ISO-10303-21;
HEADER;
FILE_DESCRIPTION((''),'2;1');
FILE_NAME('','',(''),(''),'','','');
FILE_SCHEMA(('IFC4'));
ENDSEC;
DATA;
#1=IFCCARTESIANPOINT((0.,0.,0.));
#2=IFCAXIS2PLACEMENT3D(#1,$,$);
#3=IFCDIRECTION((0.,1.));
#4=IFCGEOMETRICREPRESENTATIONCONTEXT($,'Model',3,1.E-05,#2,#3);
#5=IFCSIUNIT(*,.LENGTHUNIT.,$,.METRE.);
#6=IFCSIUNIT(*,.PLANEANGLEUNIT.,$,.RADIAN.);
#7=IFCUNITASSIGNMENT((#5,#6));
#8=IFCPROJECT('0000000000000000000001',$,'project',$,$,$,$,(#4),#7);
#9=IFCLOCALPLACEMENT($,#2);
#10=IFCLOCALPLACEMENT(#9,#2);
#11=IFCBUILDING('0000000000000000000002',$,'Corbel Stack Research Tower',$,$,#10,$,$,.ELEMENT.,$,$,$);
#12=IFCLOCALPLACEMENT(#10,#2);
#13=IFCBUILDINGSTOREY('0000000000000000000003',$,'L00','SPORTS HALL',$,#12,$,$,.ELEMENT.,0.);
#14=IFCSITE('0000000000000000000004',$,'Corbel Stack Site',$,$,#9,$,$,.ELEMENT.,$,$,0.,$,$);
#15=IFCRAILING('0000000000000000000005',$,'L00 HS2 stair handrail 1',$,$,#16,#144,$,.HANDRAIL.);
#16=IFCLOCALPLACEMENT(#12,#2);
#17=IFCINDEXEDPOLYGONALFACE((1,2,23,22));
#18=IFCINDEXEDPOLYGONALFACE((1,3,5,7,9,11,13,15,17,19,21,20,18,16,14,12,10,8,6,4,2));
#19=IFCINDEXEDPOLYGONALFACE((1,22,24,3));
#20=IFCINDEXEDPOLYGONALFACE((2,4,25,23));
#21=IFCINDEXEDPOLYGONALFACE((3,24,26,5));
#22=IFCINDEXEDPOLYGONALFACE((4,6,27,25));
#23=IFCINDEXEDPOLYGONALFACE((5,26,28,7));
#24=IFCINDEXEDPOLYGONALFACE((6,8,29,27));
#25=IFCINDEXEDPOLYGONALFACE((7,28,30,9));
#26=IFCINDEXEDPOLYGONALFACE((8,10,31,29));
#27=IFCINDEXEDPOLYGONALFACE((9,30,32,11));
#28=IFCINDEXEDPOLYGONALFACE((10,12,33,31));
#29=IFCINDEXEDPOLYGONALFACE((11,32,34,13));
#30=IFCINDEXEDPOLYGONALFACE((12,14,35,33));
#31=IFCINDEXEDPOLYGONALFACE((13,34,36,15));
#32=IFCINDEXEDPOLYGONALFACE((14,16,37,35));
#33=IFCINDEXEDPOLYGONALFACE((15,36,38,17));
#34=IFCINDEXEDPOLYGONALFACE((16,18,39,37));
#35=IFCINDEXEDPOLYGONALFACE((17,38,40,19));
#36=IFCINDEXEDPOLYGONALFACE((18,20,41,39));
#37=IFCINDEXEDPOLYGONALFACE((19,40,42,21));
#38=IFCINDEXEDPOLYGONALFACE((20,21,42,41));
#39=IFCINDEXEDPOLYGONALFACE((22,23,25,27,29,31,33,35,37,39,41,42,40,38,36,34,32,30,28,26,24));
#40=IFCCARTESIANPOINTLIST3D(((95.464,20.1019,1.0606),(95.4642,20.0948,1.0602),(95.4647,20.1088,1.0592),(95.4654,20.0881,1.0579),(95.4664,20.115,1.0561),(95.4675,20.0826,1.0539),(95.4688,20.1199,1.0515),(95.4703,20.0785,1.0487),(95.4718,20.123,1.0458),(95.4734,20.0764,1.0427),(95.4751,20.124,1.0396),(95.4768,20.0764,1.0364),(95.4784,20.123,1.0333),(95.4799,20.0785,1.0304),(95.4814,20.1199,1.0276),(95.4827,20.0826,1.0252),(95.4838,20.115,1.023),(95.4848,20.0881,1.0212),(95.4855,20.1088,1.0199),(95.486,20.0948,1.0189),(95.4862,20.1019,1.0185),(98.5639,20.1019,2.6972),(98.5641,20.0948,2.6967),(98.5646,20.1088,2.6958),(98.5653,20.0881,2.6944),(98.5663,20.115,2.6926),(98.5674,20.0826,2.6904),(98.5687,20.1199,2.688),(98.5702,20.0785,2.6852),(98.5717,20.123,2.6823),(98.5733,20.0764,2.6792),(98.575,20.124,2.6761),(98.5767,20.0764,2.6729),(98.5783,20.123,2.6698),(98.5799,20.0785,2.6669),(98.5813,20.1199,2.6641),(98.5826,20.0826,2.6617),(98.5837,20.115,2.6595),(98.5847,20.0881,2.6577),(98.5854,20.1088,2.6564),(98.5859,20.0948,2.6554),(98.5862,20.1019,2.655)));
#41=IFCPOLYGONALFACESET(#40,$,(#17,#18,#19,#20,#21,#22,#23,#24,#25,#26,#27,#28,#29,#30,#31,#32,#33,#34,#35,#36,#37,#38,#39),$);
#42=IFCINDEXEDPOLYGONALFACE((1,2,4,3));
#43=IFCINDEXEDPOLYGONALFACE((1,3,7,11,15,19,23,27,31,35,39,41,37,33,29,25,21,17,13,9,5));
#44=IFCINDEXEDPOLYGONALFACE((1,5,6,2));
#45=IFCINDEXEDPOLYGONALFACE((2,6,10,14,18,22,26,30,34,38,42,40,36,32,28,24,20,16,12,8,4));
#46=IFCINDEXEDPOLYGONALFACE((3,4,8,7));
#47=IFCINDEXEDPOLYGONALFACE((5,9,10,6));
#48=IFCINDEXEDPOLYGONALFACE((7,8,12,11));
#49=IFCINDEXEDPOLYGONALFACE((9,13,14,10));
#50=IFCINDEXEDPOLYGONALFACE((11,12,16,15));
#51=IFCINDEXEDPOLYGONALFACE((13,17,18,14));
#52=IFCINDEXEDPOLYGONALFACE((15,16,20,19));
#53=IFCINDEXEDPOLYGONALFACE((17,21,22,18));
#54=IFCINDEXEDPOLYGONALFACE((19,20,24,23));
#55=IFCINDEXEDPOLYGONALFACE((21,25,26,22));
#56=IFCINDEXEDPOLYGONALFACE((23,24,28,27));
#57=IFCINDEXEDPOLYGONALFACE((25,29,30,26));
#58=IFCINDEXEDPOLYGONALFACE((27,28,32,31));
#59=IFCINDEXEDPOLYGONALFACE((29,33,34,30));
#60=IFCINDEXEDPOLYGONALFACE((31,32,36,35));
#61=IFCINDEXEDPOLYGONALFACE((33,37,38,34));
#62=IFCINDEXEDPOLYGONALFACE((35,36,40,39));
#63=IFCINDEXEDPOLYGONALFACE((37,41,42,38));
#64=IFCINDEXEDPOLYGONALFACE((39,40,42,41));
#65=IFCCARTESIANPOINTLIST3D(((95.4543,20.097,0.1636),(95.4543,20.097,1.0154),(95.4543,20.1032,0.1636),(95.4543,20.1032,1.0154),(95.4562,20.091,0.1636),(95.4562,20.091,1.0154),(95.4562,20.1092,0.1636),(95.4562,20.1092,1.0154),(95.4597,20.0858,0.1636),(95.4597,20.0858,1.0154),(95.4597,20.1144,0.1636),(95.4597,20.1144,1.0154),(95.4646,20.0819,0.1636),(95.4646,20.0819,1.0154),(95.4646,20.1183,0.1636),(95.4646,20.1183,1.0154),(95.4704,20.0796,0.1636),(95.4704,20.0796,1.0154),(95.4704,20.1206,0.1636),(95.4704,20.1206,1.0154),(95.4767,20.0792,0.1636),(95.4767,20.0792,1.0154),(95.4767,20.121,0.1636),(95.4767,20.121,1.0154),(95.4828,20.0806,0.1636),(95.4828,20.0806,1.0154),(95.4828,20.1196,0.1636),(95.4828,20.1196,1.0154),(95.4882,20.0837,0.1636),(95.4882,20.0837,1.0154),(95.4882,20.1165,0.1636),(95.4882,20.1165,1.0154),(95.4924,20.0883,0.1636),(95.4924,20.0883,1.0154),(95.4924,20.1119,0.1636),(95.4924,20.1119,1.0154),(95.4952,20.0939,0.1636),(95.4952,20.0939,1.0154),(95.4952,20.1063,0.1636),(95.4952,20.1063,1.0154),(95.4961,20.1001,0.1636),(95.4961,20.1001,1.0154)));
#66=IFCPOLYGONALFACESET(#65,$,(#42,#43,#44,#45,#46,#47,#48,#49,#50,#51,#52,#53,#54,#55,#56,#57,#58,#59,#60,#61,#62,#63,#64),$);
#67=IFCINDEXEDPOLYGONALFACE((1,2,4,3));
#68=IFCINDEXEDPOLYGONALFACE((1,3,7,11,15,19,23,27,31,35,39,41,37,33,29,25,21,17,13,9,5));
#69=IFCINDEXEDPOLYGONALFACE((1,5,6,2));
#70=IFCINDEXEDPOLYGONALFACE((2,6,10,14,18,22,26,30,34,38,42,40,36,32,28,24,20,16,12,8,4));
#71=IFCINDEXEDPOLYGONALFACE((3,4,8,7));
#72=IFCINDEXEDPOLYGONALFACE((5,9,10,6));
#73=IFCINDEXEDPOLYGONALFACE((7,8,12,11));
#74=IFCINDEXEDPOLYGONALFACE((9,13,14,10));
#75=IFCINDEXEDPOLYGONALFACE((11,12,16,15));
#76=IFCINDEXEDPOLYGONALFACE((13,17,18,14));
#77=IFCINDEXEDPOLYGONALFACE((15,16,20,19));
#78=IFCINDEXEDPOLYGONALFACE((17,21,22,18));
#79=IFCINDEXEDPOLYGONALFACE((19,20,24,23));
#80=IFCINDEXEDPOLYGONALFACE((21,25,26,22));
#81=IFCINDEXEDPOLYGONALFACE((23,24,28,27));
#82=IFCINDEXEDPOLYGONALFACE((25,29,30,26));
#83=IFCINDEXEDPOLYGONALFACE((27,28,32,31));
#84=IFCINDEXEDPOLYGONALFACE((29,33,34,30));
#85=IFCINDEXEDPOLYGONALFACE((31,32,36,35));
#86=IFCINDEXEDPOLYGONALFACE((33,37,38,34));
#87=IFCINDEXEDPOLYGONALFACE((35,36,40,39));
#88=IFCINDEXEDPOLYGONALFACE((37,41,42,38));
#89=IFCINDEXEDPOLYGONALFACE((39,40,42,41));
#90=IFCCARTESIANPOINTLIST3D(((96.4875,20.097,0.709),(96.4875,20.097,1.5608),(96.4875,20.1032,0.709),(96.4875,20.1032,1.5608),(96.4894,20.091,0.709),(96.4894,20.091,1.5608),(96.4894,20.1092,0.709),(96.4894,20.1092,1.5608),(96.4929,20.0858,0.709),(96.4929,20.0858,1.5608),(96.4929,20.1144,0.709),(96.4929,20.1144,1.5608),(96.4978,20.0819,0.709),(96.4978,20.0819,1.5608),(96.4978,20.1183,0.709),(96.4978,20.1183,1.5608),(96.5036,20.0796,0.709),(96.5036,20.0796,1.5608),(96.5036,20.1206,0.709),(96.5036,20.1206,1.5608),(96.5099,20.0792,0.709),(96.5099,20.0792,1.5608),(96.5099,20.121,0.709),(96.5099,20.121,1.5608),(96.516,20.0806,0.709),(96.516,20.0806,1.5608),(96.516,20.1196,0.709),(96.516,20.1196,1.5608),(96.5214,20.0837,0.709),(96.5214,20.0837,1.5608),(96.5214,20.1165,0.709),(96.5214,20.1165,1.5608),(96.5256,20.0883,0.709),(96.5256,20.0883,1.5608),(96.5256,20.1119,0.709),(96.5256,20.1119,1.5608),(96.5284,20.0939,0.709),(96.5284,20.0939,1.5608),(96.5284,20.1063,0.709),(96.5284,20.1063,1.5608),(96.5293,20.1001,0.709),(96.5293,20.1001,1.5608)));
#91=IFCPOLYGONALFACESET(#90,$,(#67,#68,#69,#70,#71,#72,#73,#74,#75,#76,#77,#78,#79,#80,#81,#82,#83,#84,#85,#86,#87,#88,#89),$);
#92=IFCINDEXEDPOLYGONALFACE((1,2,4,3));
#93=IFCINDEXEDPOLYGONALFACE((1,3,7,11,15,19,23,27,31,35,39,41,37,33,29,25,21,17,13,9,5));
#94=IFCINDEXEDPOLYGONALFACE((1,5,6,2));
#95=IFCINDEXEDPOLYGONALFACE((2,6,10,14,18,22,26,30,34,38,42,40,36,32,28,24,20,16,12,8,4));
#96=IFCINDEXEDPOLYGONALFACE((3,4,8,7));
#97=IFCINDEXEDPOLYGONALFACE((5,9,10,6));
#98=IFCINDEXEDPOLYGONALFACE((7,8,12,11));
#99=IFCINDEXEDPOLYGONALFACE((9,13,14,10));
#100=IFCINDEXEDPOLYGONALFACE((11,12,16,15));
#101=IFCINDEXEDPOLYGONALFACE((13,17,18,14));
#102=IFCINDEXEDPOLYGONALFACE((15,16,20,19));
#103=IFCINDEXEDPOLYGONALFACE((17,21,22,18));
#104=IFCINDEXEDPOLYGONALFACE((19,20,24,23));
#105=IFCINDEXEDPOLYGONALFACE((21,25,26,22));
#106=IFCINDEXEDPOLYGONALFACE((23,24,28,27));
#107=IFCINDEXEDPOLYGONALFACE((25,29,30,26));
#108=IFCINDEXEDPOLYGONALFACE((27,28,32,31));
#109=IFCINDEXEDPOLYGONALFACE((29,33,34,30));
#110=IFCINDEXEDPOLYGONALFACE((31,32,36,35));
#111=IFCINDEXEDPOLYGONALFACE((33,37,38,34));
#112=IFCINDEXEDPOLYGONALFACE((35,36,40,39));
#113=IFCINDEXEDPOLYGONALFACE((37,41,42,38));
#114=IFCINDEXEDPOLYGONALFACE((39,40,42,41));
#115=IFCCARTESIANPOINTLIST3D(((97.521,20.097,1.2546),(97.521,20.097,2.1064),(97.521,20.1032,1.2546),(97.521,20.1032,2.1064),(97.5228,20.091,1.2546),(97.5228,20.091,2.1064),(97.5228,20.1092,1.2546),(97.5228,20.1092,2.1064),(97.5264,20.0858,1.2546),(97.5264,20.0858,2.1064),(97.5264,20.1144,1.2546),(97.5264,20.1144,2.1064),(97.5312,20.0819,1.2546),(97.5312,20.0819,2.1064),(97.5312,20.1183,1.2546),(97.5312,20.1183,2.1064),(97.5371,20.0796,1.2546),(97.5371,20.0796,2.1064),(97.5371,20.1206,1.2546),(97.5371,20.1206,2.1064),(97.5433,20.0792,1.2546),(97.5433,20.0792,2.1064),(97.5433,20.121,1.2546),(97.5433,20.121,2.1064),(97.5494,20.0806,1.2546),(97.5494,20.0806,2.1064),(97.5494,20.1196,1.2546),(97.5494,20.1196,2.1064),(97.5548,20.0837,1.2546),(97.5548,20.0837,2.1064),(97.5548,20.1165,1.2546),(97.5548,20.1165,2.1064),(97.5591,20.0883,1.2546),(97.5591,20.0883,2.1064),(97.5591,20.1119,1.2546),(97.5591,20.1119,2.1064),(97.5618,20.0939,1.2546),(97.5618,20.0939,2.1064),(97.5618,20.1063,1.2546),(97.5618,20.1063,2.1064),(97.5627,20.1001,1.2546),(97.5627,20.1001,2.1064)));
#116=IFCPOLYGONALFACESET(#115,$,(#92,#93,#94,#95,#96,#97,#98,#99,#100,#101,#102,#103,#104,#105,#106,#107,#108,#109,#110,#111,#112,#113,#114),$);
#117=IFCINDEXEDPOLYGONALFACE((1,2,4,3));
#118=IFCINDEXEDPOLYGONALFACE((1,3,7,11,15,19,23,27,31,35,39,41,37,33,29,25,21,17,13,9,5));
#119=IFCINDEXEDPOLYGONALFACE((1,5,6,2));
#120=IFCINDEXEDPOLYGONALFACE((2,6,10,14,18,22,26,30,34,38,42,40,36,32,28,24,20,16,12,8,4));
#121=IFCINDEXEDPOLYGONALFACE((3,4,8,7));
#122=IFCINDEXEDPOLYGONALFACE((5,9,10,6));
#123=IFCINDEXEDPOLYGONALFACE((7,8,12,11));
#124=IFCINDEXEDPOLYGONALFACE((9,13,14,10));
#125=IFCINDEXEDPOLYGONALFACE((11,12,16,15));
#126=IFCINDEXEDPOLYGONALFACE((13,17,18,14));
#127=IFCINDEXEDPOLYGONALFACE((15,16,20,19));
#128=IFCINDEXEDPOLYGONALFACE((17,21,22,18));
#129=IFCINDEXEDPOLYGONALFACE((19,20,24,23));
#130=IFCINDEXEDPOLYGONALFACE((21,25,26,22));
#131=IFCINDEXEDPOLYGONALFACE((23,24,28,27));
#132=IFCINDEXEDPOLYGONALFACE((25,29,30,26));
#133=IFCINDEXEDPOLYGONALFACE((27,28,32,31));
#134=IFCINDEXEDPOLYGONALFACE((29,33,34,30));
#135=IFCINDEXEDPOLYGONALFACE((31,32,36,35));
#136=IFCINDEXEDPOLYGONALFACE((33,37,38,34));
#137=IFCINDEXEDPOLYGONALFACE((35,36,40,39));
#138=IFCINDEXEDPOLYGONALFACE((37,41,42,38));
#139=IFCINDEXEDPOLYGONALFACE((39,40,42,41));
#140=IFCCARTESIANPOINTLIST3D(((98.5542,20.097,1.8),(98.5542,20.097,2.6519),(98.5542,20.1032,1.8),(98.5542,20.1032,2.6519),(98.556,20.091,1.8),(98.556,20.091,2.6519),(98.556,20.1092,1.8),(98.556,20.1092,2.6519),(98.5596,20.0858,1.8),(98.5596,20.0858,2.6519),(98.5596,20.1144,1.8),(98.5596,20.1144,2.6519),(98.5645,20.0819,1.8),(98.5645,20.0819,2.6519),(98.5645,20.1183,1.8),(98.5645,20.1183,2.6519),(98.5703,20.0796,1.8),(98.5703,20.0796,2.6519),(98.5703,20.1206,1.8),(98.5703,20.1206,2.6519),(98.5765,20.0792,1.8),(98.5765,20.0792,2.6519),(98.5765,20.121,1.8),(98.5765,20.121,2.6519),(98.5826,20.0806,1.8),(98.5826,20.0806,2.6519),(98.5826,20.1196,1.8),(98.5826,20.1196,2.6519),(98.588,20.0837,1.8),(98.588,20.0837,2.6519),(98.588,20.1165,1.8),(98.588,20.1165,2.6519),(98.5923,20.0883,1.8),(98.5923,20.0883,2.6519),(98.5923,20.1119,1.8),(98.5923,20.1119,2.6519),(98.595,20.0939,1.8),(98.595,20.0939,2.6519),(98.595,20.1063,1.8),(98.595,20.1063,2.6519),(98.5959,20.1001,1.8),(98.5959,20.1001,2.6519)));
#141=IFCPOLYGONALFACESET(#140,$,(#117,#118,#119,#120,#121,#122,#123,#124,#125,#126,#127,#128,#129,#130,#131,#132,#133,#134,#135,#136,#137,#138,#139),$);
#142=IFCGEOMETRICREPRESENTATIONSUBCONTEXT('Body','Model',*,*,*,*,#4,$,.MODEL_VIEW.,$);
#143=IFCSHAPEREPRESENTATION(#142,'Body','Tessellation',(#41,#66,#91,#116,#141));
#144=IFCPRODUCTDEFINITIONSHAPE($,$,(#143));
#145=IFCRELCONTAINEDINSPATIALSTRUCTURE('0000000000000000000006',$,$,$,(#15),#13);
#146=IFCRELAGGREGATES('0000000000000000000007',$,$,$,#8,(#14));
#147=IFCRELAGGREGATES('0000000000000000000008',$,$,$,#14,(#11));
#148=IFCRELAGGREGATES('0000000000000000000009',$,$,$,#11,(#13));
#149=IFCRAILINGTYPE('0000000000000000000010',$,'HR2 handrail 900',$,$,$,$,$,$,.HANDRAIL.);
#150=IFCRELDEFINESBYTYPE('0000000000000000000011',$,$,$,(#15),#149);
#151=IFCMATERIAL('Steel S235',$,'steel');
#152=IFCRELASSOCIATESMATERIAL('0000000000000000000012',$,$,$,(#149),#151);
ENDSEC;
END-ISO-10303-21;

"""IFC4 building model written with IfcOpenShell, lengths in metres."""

from ifc_helpers import new_model, si_unit, direction, frame, origin, origin_2d, place, context, subcontext, project, spatial, circle, extrude, material, type_object, element, save


model = new_model("IFC4")

# Units and contexts
model_context = context("Model", 3, precision=1e-05, world=origin(), true_north=direction((0.0, 1.0)))
body_context = subcontext(model_context, "Body", "Model", "MODEL_VIEW")
ifc_project = project(units=[si_unit("LENGTHUNIT", "METRE"), si_unit("PLANEANGLEUNIT", "RADIAN")], contexts=[model_context])

# Site, building, storey
site_placement = place(None, origin())
site = spatial("IfcSite", under=ifc_project, at=site_placement, Name="Corbel Stack Site", CompositionType="ELEMENT", RefElevation=0.0)
building_placement = place(site_placement, origin())
building = spatial("IfcBuilding", under=site, at=building_placement, Name="Corbel Stack Research Tower", CompositionType="ELEMENT")
storey_placement = place(building_placement, origin())
storey = spatial("IfcBuildingStorey", under=building, at=storey_placement, Name="L00", Description="SPORTS HALL", CompositionType="ELEMENT", Elevation=0.0)

# Railing
ifc_material_1 = material(Name="Steel S235", Category="steel")
railing_type_1 = type_object("IfcRailingType", Name="HR2 handrail 900", PredefinedType="HANDRAIL", material=ifc_material_1)
railing_1_placement = place(storey_placement, frame((95.4751, 20.1001, 0.1636)))
element("IfcRailing", 1, at=railing_1_placement, inside=storey, type_object=railing_type_1, Name="L00 HS2 stair handrail 1", PredefinedType="HANDRAIL", context=body_context, shape_type="SweptSolid", body=[
    extrude(circle(Radius=0.0239, at=origin_2d()), frame((0.0, 0.0, 0.876), z_axis=(0.884333, 0.0, 0.466857), x_axis=(0.0, 1.0, 0.0)), (0.0, 0.0, 1.0), 3.5054),
    extrude(circle(Radius=0.021, at=origin_2d()), origin(), (0.0, 0.0, 1.0), 0.8518),
    extrude(circle(Radius=0.021, at=origin_2d()), frame((1.0332, 0.0, 0.5454)), (0.0, 0.0, 1.0), 0.8518),
    extrude(circle(Radius=0.021, at=origin_2d()), frame((2.0667, 0.0, 1.0911)), (0.0, 0.0, 1.0), 0.8518),
    extrude(circle(Radius=0.021, at=origin_2d()), frame((3.0999, 0.0, 1.6365)), (0.0, 0.0, 1.0), 0.8518),
])

save(model, "model.ifc")
